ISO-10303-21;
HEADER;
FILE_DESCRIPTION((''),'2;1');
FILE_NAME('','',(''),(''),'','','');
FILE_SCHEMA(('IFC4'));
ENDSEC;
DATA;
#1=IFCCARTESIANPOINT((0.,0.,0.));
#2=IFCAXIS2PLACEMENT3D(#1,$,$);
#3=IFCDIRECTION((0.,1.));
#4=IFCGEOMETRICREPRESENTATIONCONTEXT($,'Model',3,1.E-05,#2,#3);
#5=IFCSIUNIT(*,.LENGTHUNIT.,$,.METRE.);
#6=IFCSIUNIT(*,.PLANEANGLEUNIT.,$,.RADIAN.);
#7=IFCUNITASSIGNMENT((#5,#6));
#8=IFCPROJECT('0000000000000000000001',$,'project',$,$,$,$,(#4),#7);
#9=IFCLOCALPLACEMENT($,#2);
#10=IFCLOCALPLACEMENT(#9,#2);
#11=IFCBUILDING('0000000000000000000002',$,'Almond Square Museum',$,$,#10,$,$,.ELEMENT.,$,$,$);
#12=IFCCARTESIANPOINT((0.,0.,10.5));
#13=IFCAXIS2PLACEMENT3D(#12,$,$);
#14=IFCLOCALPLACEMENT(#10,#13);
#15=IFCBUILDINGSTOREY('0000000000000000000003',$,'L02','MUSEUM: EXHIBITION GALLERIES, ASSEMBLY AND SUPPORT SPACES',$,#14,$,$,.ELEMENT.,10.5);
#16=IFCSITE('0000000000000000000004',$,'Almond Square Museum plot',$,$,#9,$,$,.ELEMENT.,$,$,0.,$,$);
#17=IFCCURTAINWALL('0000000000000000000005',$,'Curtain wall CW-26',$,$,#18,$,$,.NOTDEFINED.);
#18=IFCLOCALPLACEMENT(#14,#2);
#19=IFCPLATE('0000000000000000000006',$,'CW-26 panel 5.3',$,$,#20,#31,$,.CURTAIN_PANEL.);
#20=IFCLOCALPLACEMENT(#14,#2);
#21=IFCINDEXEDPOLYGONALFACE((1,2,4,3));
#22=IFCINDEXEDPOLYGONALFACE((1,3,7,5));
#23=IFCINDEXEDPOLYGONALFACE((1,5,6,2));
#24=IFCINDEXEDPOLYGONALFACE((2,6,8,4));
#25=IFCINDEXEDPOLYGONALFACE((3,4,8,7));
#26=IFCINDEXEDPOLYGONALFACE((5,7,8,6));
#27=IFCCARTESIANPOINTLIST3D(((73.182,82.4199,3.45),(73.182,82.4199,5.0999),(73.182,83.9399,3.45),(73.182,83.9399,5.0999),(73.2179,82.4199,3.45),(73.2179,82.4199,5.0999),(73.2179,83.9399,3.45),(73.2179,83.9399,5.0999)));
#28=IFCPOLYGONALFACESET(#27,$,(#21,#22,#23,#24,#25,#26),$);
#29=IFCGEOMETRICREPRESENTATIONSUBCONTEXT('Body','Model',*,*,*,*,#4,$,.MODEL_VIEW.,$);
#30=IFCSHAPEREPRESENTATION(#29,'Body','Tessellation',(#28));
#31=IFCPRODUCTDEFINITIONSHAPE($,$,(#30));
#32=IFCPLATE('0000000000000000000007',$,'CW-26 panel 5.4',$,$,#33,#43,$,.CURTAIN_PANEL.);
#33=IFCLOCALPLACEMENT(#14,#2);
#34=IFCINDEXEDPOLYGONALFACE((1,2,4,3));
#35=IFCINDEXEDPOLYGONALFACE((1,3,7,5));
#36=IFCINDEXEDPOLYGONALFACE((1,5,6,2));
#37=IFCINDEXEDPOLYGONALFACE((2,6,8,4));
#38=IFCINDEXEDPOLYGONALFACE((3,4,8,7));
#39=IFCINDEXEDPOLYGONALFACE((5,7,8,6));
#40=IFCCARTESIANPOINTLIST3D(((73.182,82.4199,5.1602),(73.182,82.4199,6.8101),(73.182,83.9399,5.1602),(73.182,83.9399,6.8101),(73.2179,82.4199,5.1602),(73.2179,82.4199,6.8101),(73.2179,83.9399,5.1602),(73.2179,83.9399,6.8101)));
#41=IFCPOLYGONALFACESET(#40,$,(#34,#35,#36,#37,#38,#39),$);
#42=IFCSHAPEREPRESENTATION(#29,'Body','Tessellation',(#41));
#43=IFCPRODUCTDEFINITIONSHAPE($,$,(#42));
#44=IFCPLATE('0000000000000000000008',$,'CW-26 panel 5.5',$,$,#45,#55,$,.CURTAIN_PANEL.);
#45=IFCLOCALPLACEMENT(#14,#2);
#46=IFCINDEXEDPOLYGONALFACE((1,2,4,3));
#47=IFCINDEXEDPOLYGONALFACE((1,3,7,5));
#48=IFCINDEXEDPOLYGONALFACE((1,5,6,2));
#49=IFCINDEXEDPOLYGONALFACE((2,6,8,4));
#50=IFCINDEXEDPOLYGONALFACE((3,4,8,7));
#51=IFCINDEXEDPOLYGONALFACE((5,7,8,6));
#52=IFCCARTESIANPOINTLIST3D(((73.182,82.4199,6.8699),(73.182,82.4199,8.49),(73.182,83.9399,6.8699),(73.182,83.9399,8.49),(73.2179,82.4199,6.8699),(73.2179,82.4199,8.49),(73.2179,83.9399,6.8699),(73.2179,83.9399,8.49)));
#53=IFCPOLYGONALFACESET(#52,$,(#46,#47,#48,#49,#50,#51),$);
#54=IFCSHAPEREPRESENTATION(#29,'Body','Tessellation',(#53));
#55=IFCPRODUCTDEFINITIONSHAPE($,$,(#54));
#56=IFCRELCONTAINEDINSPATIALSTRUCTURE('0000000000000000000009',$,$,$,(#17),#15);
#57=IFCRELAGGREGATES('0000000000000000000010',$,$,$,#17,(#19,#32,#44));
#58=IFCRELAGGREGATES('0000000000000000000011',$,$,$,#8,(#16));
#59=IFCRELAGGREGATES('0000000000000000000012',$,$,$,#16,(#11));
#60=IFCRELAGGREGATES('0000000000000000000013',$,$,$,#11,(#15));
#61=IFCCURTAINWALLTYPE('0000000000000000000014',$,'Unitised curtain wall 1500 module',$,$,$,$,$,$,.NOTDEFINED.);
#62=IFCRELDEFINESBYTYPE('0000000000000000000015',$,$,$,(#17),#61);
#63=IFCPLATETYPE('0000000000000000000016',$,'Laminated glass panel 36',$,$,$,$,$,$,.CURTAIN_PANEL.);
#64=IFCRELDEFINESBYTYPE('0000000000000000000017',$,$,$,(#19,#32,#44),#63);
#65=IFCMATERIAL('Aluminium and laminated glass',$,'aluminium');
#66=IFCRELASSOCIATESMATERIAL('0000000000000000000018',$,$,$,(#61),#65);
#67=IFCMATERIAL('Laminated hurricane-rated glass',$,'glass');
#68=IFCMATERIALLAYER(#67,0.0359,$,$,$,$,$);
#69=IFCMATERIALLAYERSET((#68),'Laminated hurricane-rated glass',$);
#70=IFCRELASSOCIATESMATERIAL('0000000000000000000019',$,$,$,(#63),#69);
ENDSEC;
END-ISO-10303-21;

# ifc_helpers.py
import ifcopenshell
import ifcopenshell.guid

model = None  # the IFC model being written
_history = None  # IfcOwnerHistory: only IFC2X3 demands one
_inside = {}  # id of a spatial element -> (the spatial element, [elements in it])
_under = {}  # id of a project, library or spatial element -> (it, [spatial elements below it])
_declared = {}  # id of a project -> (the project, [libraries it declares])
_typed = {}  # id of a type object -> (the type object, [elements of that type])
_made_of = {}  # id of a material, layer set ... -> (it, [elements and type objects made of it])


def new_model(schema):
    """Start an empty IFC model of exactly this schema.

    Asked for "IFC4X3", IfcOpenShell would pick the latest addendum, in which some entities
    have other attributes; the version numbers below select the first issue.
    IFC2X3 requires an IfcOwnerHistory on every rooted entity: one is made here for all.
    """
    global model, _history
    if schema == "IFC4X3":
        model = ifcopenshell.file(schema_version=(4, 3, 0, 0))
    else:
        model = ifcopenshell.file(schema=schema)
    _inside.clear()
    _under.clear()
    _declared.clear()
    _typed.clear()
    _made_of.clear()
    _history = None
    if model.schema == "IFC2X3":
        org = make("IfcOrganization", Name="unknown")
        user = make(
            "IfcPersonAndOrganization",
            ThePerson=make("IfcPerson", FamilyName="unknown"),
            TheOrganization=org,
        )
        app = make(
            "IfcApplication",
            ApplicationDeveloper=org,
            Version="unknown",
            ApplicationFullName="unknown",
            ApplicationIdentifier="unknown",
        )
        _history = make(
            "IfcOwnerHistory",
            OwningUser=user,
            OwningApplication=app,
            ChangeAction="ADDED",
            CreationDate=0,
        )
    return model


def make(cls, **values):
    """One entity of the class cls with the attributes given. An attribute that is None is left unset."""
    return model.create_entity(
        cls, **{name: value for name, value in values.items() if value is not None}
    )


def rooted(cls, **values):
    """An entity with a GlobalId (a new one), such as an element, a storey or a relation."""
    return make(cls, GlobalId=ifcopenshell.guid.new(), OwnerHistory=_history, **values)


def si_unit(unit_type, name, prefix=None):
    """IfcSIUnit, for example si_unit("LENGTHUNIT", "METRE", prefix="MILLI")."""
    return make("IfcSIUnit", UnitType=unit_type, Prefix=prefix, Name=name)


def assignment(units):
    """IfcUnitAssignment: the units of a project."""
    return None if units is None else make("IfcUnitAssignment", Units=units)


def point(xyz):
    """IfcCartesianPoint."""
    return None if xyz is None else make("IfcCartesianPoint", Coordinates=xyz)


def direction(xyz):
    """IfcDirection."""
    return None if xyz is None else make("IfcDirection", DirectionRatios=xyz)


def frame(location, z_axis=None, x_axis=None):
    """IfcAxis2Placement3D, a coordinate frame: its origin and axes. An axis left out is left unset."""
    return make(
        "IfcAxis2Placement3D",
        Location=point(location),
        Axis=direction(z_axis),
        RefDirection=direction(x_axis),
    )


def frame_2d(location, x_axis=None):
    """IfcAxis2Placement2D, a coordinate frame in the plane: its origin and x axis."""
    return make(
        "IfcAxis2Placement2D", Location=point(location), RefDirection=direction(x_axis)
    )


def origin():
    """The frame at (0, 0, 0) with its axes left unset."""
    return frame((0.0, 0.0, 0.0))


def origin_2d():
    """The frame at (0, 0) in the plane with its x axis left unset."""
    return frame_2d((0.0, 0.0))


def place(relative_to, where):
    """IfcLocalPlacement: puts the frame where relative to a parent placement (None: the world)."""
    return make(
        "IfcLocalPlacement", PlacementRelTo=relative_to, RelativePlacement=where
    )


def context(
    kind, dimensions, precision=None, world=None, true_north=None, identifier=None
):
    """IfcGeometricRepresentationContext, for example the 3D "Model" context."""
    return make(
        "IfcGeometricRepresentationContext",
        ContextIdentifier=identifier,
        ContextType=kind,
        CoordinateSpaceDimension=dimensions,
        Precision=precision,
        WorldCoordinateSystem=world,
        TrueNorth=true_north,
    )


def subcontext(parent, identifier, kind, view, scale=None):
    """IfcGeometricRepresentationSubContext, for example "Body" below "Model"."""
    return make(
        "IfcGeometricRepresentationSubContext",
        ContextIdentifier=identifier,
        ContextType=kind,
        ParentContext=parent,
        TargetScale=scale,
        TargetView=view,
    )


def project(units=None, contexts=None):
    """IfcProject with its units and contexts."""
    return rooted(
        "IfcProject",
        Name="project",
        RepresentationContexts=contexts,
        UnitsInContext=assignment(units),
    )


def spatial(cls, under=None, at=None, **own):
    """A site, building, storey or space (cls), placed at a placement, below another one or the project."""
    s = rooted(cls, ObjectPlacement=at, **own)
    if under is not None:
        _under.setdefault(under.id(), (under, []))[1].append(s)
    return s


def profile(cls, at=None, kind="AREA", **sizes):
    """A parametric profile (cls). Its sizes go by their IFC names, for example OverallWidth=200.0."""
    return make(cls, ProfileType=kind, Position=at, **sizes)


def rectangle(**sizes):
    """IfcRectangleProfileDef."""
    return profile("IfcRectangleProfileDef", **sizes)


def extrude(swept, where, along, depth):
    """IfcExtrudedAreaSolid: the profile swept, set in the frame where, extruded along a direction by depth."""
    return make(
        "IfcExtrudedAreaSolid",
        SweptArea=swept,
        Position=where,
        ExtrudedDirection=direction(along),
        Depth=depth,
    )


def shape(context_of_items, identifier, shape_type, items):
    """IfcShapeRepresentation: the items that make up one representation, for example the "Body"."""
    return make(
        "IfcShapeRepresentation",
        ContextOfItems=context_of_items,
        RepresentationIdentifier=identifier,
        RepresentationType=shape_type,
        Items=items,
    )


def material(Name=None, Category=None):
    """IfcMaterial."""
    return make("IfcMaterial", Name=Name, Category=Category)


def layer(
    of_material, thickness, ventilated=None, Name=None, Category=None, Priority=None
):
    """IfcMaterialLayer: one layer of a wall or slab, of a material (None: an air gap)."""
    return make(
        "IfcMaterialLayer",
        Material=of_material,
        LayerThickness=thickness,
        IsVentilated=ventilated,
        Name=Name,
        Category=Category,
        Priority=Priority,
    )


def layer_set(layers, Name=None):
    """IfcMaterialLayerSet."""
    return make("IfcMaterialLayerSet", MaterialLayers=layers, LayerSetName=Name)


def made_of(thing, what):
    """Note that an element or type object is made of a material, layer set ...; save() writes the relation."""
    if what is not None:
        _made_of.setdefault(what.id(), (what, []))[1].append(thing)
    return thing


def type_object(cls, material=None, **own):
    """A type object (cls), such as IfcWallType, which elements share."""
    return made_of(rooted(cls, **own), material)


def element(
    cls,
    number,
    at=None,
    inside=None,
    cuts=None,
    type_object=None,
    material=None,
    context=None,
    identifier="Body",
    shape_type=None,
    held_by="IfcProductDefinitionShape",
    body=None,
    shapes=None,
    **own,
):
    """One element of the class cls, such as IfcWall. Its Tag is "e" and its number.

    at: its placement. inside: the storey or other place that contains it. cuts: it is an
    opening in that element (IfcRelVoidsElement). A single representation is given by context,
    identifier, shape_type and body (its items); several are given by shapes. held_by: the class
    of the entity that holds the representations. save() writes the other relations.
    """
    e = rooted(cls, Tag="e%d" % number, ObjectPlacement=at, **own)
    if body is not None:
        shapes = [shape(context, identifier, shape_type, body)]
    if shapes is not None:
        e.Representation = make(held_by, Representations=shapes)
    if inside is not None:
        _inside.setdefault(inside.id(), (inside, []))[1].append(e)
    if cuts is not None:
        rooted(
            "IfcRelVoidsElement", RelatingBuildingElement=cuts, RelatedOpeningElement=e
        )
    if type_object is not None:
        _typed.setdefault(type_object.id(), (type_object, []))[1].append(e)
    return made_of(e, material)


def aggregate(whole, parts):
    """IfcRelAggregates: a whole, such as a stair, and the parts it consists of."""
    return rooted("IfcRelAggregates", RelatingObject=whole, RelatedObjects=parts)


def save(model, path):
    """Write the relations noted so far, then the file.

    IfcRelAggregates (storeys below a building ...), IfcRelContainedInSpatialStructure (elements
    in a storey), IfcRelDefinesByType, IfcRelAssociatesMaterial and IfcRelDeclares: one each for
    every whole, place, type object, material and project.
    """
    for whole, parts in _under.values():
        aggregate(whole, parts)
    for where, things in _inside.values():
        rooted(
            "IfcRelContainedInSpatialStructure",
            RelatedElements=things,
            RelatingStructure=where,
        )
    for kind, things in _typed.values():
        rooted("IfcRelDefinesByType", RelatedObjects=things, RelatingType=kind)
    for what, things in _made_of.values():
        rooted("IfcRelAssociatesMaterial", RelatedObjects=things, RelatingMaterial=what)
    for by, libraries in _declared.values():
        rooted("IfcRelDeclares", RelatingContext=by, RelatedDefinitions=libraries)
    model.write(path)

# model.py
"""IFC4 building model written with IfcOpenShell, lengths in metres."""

from ifc_helpers import new_model, si_unit, direction, frame, origin, origin_2d, place, context, subcontext, project, spatial, rectangle, extrude, material, layer, layer_set, type_object, element, aggregate, save


model = new_model("IFC4")

# Units and contexts
model_context = context("Model", 3, precision=1e-05, world=origin(), true_north=direction((0.0, 1.0)))
body_context = subcontext(model_context, "Body", "Model", "MODEL_VIEW")
ifc_project = project(units=[si_unit("LENGTHUNIT", "METRE"), si_unit("PLANEANGLEUNIT", "RADIAN")], contexts=[model_context])

# Site, building, storey
site_placement = place(None, origin())
site = spatial("IfcSite", under=ifc_project, at=site_placement, Name="Almond Square Museum plot", CompositionType="ELEMENT", RefElevation=0.0)
building_placement = place(site_placement, origin())
building = spatial("IfcBuilding", under=site, at=building_placement, Name="Almond Square Museum", CompositionType="ELEMENT")
storey_placement = place(building_placement, frame((0.0, 0.0, 10.5)))
storey = spatial("IfcBuildingStorey", under=building, at=storey_placement, Name="L02", Description="MUSEUM: EXHIBITION GALLERIES, ASSEMBLY AND SUPPORT SPACES", CompositionType="ELEMENT", Elevation=10.5)

# Curtain wall, plates
ifc_material_1 = material(Name="Aluminium and laminated glass", Category="aluminium")
curtain_wall_type = type_object("IfcCurtainWallType", Name="Unitised curtain wall 1500 module", PredefinedType="NOTDEFINED", material=ifc_material_1)
curtain_wall_placement = place(storey_placement, origin())
curtain_wall = element("IfcCurtainWall", 1, at=curtain_wall_placement, inside=storey, type_object=curtain_wall_type, Name="Curtain wall CW-26", PredefinedType="NOTDEFINED")
ifc_material_2 = material(Name="Laminated hurricane-rated glass", Category="glass")
ifc_layer = layer(ifc_material_2, 0.0359)
ifc_layer_set = layer_set([ifc_layer], Name="Laminated hurricane-rated glass")
plate_type = type_object("IfcPlateType", Name="Laminated glass panel 36", PredefinedType="CURTAIN_PANEL", material=ifc_layer_set)
plate_1_placement = place(storey_placement, frame((73.2, 83.1799, 3.45), z_axis=(0.0, 0.0, 1.0), x_axis=(0.0, 1.0, 0.0)))
plate_1 = element("IfcPlate", 2, at=plate_1_placement, type_object=plate_type, Name="CW-26 panel 5.3", PredefinedType="CURTAIN_PANEL", context=body_context, shape_type="SweptSolid", body=[
    extrude(rectangle(XDim=1.52, YDim=0.0359, at=origin_2d()), origin(), (0.0, 0.0, 1.0), 1.6499),
])
plate_2_placement = place(storey_placement, frame((73.2, 83.1799, 5.1602), z_axis=(0.0, 0.0, 1.0), x_axis=(0.0, 1.0, 0.0)))
plate_2 = element("IfcPlate", 3, at=plate_2_placement, type_object=plate_type, Name="CW-26 panel 5.4", PredefinedType="CURTAIN_PANEL", context=body_context, shape_type="SweptSolid", body=[
    extrude(rectangle(XDim=1.52, YDim=0.0359, at=origin_2d()), origin(), (0.0, 0.0, 1.0), 1.6499),
])
plate_3_placement = place(storey_placement, frame((73.2, 83.1799, 6.8699), z_axis=(0.0, 0.0, 1.0), x_axis=(0.0, 1.0, 0.0)))
plate_3 = element("IfcPlate", 4, at=plate_3_placement, type_object=plate_type, Name="CW-26 panel 5.5", PredefinedType="CURTAIN_PANEL", context=body_context, shape_type="SweptSolid", body=[
    extrude(rectangle(XDim=1.52, YDim=0.0359, at=origin_2d()), origin(), (0.0, 0.0, 1.0), 1.6201),
])
aggregate(curtain_wall, [plate_1, plate_2, plate_3])

save(model, "model.ifc")
